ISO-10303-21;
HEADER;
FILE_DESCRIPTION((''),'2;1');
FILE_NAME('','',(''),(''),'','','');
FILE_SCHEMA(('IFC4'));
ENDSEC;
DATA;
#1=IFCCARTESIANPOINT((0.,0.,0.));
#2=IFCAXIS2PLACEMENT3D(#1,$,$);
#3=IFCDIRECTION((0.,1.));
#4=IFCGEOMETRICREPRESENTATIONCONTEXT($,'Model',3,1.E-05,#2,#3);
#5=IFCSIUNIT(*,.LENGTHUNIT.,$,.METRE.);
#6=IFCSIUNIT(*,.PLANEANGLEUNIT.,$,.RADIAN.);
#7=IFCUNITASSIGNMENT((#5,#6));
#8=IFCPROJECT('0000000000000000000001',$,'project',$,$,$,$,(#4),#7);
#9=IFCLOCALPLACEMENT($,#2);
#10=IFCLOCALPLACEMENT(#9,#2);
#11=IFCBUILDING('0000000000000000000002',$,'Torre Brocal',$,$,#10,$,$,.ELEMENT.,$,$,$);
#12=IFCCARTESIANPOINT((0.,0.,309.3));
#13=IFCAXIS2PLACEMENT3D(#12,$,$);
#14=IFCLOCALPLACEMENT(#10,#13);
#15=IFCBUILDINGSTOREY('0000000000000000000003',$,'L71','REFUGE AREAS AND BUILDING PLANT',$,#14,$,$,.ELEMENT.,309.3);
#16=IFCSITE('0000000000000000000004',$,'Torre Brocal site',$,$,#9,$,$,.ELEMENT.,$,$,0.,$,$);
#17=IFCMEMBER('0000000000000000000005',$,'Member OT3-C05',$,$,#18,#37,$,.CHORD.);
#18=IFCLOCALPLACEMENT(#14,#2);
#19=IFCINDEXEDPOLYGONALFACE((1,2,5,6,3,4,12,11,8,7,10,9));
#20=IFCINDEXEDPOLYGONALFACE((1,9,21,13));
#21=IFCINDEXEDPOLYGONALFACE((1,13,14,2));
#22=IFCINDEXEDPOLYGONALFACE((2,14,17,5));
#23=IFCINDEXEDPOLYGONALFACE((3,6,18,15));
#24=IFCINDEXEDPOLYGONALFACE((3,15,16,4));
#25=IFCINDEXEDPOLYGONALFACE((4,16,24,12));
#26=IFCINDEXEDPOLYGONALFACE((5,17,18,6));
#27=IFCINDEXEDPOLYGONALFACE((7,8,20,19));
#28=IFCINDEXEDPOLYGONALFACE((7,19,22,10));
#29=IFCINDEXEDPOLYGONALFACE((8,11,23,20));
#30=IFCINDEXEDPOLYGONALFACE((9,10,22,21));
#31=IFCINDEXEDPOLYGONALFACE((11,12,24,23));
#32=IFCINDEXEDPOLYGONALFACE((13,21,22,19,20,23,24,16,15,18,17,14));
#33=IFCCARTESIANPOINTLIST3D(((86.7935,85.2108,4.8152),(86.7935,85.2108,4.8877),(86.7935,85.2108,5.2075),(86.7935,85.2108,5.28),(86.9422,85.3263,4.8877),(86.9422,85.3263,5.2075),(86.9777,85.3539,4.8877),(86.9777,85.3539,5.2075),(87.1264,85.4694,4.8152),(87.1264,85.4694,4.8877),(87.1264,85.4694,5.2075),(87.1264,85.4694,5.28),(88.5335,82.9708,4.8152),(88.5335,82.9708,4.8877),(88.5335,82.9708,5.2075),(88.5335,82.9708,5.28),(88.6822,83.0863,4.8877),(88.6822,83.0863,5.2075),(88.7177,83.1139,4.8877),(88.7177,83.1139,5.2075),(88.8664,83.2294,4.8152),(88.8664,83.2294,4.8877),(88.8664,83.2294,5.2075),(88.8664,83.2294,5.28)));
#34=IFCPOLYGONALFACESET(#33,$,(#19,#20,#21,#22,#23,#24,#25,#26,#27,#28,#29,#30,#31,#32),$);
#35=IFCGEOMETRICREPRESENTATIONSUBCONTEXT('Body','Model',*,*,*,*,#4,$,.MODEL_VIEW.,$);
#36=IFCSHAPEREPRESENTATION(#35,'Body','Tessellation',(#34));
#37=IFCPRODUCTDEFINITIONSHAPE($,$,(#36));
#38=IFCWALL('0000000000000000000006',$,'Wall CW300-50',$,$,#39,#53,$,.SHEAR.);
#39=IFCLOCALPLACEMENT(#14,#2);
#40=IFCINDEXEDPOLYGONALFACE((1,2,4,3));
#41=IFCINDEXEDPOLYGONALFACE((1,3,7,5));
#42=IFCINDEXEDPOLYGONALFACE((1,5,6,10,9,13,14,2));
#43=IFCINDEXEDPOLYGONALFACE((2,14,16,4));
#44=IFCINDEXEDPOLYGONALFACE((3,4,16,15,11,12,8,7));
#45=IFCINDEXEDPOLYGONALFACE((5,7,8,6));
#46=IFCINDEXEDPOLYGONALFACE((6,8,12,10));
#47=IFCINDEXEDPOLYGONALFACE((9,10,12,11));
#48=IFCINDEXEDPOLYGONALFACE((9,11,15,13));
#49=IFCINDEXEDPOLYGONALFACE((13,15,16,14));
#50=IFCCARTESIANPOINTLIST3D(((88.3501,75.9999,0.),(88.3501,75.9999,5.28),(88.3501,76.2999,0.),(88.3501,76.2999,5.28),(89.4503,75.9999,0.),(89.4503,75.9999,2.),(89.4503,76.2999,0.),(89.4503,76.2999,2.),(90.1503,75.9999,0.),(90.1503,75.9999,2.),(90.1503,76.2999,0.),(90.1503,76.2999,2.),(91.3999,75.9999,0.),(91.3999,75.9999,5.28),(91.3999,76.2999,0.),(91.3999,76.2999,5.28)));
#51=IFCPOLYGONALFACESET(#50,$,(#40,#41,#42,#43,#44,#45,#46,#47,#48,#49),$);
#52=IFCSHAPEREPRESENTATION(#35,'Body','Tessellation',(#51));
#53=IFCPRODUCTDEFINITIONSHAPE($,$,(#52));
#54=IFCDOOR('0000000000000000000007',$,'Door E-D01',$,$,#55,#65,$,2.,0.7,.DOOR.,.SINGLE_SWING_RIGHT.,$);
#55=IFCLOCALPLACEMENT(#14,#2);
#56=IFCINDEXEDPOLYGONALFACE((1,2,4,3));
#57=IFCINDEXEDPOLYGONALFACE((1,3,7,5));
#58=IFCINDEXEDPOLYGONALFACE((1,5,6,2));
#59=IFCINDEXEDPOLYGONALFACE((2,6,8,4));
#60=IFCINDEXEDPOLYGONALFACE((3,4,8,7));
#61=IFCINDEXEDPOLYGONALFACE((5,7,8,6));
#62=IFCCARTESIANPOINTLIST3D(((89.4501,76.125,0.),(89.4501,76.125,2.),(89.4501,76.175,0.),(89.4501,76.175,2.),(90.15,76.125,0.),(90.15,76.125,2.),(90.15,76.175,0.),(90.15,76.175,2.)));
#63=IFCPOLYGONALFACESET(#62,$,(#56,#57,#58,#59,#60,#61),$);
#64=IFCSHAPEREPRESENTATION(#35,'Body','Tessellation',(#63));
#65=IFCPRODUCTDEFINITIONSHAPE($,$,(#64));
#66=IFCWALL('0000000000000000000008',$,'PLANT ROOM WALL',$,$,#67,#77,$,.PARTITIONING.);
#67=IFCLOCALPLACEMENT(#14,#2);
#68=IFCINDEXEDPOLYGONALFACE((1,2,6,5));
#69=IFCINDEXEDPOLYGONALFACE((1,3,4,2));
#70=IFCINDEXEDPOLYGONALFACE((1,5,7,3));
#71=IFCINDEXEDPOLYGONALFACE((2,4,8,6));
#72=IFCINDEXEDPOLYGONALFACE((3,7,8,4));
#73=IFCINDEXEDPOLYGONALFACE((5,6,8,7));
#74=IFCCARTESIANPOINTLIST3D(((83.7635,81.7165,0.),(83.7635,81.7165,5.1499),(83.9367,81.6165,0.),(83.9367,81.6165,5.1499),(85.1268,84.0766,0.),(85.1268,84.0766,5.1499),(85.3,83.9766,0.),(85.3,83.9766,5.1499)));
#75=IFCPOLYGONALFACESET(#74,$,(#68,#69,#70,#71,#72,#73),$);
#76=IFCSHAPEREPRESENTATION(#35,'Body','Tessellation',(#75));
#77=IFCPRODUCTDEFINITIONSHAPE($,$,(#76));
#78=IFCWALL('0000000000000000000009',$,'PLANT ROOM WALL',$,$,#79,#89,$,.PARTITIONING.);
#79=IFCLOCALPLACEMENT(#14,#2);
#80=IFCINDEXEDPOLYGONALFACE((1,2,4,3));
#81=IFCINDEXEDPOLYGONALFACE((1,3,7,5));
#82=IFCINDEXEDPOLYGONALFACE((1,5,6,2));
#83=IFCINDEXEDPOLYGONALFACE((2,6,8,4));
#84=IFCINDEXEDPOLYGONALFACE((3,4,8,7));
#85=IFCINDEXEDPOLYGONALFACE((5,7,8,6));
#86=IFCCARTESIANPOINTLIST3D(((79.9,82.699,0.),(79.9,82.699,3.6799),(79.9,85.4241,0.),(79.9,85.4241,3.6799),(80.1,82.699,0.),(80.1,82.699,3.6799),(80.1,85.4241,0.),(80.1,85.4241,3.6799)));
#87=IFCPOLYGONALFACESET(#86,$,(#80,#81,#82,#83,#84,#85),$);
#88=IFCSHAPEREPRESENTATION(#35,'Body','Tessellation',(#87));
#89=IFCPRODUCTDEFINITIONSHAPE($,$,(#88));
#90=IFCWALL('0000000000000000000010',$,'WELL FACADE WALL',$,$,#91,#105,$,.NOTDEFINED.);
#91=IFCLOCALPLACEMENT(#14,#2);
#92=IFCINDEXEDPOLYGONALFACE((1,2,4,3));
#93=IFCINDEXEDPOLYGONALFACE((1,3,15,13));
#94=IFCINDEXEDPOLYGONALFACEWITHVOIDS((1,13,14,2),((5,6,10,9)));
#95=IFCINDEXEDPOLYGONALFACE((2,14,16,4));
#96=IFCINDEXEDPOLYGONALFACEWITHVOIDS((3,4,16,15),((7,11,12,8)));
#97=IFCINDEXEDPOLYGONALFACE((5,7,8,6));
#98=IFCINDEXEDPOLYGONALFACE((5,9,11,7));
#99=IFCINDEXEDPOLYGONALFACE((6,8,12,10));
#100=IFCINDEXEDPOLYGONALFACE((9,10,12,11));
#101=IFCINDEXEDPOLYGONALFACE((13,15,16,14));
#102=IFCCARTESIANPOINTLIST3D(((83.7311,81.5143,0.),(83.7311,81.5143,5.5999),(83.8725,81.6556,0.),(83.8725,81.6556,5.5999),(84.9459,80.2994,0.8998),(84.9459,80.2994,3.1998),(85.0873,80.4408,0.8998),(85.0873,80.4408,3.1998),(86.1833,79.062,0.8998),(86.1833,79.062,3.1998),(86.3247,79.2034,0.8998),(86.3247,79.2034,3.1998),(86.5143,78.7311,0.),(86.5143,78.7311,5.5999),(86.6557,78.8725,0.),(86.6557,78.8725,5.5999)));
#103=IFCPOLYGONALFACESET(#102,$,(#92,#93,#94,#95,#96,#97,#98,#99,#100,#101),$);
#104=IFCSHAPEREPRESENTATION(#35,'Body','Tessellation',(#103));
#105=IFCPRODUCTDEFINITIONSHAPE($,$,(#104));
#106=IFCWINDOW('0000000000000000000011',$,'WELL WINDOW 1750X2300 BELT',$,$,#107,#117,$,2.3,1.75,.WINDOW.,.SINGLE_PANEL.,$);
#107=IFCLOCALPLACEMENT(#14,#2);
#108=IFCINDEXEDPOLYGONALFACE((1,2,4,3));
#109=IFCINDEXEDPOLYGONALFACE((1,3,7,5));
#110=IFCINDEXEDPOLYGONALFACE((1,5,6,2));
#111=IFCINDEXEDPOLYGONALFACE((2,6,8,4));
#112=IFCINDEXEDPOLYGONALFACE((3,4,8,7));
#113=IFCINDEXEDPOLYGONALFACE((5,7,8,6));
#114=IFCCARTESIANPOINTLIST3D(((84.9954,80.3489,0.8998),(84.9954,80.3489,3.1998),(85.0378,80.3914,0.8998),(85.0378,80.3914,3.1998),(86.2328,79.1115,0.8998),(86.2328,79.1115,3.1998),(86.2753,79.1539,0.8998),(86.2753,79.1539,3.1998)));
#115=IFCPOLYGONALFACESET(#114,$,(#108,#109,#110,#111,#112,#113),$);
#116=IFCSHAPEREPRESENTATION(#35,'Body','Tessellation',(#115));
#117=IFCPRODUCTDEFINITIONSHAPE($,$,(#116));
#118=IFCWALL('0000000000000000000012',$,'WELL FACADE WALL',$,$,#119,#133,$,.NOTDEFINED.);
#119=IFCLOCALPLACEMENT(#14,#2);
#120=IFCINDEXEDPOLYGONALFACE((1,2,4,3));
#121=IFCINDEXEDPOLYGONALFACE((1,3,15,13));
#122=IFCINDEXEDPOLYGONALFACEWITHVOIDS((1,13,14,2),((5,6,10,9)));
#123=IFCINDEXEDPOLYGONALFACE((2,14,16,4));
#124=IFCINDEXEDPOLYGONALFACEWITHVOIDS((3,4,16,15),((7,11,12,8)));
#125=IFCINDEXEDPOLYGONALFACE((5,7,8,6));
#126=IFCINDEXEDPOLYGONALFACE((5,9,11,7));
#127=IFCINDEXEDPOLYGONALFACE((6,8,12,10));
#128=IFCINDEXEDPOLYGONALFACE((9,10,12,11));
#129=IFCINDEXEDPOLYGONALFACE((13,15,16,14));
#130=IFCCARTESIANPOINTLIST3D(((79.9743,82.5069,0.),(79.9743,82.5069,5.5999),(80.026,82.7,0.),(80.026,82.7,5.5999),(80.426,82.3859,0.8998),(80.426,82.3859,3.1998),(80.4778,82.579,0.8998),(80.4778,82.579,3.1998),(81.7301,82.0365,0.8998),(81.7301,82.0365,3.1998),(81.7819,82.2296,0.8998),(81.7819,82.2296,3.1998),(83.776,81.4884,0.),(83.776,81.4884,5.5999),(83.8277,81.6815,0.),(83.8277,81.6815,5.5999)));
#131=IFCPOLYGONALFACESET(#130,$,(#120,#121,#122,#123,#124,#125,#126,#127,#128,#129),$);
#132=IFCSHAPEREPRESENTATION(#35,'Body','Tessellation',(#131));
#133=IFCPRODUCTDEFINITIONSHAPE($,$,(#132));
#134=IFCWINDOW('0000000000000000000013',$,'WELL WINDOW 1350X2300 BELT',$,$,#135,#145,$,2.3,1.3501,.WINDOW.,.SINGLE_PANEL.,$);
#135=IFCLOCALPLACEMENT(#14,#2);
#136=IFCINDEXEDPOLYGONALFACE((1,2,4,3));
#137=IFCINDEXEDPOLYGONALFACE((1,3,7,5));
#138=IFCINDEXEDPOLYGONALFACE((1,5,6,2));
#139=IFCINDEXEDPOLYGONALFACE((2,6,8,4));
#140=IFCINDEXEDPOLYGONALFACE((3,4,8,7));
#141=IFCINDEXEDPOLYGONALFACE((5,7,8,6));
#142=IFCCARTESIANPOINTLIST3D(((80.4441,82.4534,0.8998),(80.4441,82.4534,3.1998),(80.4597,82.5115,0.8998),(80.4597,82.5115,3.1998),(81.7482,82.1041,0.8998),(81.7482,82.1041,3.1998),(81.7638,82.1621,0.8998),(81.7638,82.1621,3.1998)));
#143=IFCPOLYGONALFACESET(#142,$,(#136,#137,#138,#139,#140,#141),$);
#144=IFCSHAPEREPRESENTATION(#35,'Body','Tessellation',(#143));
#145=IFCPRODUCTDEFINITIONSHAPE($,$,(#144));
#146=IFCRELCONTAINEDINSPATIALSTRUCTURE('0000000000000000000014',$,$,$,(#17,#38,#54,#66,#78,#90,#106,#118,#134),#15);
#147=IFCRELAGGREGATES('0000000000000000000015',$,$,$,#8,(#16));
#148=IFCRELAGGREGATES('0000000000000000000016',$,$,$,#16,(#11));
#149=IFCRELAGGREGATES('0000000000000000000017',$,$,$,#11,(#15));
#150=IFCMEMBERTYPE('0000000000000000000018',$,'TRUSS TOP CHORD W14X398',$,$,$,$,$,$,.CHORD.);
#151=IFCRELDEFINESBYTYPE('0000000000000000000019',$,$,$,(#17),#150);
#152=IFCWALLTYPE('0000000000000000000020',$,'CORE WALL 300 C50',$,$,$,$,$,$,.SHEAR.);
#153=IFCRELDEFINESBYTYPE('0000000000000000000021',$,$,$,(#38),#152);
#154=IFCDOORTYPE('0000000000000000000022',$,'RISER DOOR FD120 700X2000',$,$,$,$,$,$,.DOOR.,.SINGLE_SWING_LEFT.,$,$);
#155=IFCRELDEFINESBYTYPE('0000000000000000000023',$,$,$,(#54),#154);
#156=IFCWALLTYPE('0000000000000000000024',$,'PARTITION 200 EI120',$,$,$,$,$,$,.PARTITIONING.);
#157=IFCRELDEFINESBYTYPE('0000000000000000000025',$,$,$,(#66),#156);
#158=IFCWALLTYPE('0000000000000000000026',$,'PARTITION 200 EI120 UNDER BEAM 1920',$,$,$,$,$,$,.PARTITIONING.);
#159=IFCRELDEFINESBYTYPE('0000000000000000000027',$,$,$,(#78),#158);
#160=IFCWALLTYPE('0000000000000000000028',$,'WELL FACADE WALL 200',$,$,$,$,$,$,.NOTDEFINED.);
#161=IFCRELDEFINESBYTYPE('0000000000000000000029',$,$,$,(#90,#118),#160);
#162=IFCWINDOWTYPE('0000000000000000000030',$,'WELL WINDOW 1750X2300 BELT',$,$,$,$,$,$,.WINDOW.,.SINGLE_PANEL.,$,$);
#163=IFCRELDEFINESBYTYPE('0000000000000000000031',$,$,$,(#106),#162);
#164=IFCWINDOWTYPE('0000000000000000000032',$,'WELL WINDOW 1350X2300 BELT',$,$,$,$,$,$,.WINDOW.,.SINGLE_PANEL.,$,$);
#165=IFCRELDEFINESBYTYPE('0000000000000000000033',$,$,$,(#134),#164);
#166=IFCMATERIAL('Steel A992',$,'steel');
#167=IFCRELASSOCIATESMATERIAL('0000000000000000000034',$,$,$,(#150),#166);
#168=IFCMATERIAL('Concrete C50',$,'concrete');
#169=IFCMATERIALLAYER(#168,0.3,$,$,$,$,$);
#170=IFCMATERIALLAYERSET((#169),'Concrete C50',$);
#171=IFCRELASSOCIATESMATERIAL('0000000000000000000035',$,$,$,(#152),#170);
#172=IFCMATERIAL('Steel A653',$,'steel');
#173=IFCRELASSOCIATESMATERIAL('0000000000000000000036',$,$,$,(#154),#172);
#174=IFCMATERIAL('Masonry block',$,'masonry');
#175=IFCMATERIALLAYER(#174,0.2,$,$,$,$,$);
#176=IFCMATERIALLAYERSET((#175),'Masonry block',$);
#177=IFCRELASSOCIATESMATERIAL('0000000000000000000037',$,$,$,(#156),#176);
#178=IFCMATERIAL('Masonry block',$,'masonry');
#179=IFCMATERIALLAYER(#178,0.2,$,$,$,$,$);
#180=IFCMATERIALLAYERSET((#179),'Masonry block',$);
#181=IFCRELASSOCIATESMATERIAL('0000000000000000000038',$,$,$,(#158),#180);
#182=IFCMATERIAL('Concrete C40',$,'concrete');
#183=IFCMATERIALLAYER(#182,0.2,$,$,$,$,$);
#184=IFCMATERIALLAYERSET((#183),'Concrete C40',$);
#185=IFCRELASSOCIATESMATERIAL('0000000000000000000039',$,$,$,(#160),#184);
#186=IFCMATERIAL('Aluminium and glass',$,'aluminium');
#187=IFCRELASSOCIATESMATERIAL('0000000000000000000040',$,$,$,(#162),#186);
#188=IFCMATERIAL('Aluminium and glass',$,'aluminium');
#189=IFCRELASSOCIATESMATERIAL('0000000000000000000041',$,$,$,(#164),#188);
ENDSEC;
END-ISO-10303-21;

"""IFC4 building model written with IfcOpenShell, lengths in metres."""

from ifc_helpers import new_model, si_unit, direction, frame, frame_2d, origin, origin_2d, place, context, subcontext, project, spatial, rectangle, i_section, extrude, material, layer, layer_set, material_profile, profile_set, type_object, element, fill, save


model = new_model("IFC4")

# Units and contexts
model_context = context("Model", 3, precision=1e-05, world=origin(), true_north=direction((0.0, 1.0)))
body_context = subcontext(model_context, "Body", "Model", "MODEL_VIEW")
ifc_project = project(units=[si_unit("LENGTHUNIT", "METRE"), si_unit("PLANEANGLEUNIT", "RADIAN")], contexts=[model_context])

# Site, building, storey
site_placement = place(None, origin())
site = spatial("IfcSite", under=ifc_project, at=site_placement, Name="Torre Brocal site", CompositionType="ELEMENT", RefElevation=0.0)
building_placement = place(site_placement, origin())
building = spatial("IfcBuilding", under=site, at=building_placement, Name="Torre Brocal", CompositionType="ELEMENT")
storey_placement = place(building_placement, frame((0.0, 0.0, 309.3)))
storey = spatial("IfcBuildingStorey", under=building, at=storey_placement, Name="L71", Description="REFUGE AREAS AND BUILDING PLANT", CompositionType="ELEMENT", Elevation=309.3)

# Member
ifc_material_1 = material(Name="Steel A992", Category="steel")
ifc_material_profile_1 = material_profile(ifc_material_1, i_section(OverallWidth=0.4216, OverallDepth=0.4648, WebThickness=0.0449, FlangeThickness=0.0725, at=origin_2d()), Name="W14X398")
ifc_profile_set_1 = profile_set([ifc_material_profile_1], Name="Steel A992")
member_type_1 = type_object("IfcMemberType", Name="TRUSS TOP CHORD W14X398", PredefinedType="CHORD", material=ifc_profile_set_1)
member_1_placement = place(storey_placement, frame((88.7, 83.1001, 5.0476), z_axis=(-0.613452, 0.789732, 0.0), x_axis=(-0.789732, -0.613452, 0.0)))
element("IfcMember", 1, at=member_1_placement, inside=storey, type_object=member_type_1, Name="Member OT3-C05", PredefinedType="CHORD", context=body_context, shape_type="SweptSolid", body=[
    extrude(i_section(OverallWidth=0.4216, OverallDepth=0.4648, WebThickness=0.0449, FlangeThickness=0.0725, at=origin_2d()), origin(), (0.0, 0.0, 1.0), 2.8364),
])

# Wall, opening, door
ifc_material_2 = material(Name="Concrete C50", Category="concrete")
ifc_layer_1 = layer(ifc_material_2, 0.3)
ifc_layer_set_1 = layer_set([ifc_layer_1], Name="Concrete C50")
wall_type_1 = type_object("IfcWallType", Name="CORE WALL 300 C50", PredefinedType="SHEAR", material=ifc_layer_set_1)
wall_1_placement = place(storey_placement, frame((88.3501, 76.1499, 0.0), z_axis=(0.0, 0.0, 1.0), x_axis=(1.0, 0.0, 0.0)))
wall_1 = element("IfcWall", 2, at=wall_1_placement, inside=storey, type_object=wall_type_1, Name="Wall CW300-50", PredefinedType="SHEAR", context=body_context, shape_type="SweptSolid", body=[
    extrude(rectangle(XDim=3.0498, YDim=0.3, at=frame_2d((1.5249, 0.0))), origin(), (0.0, 0.0, 1.0), 5.28),
])
opening_1_placement = place(wall_1_placement, frame((1.1001, 0.0, 0.0)))
opening_1 = element("IfcOpeningElement", 3, at=opening_1_placement, cuts=wall_1, PredefinedType="OPENING", context=body_context, shape_type="SweptSolid", body=[
    extrude(rectangle(XDim=0.7, YDim=2.0, at=frame_2d((0.3501, 1.0))), frame((0.0, 0.1599, 0.0), z_axis=(0.0, -1.0, 0.0), x_axis=(1.0, 0.0, 0.0)), (0.0, 0.0, 1.0), 0.3201),
])
ifc_material_3 = material(Name="Steel A653", Category="steel")
door_type_1 = type_object("IfcDoorType", Name="RISER DOOR FD120 700X2000", OperationType="SINGLE_SWING_LEFT", PredefinedType="DOOR", material=ifc_material_3)
door_1_placement = place(opening_1_placement, frame((0.7, 0.0, 0.0), z_axis=(0.0, 0.0, 1.0), x_axis=(-1.0, 0.0, 0.0)))
door_1 = element("IfcDoor", 4, at=door_1_placement, inside=storey, type_object=door_type_1, Name="Door E-D01", OperationType="SINGLE_SWING_RIGHT", OverallHeight=2.0, OverallWidth=0.7, PredefinedType="DOOR", context=body_context, shape_type="SweptSolid", body=[
    extrude(rectangle(XDim=0.7, YDim=2.0, at=frame_2d((0.3501, 1.0))), frame((0.0, 0.0249, 0.0), z_axis=(0.0, -1.0, 0.0), x_axis=(1.0, 0.0, 0.0)), (0.0, 0.0, 1.0), 0.05),
])
fill(opening_1, door_1)

# Walls
ifc_material_4 = material(Name="Masonry block", Category="masonry")
ifc_layer_2 = layer(ifc_material_4, 0.2)
ifc_layer_set_2 = layer_set([ifc_layer_2], Name="Masonry block")
wall_type_2 = type_object("IfcWallType", Name="PARTITION 200 EI120", PredefinedType="PARTITIONING", material=ifc_layer_set_2)
wall_2_placement = place(storey_placement, frame((83.8501, 81.6665, 0.0), z_axis=(0.0, 0.0, 1.0), x_axis=(0.500185, 0.865919, 0.0)))
element("IfcWall", 5, at=wall_2_placement, inside=storey, type_object=wall_type_2, Name="PLANT ROOM WALL", PredefinedType="PARTITIONING", context=body_context, shape_type="SweptSolid", body=[
    extrude(rectangle(XDim=2.7256, YDim=0.2, at=frame_2d((1.3628, 0.0))), origin(), (0.0, 0.0, 1.0), 5.1499),
])
ifc_material_5 = material(Name="Masonry block", Category="masonry")
ifc_layer_3 = layer(ifc_material_5, 0.2)
ifc_layer_set_3 = layer_set([ifc_layer_3], Name="Masonry block")
wall_type_3 = type_object("IfcWallType", Name="PARTITION 200 EI120 UNDER BEAM 1920", PredefinedType="PARTITIONING", material=ifc_layer_set_3)
wall_3_placement = place(storey_placement, frame((80.0, 82.699, 0.0), z_axis=(0.0, 0.0, 1.0), x_axis=(0.0, 1.0, 0.0)))
element("IfcWall", 6, at=wall_3_placement, inside=storey, type_object=wall_type_3, Name="PLANT ROOM WALL", PredefinedType="PARTITIONING", context=body_context, shape_type="SweptSolid", body=[
    extrude(rectangle(XDim=2.7251, YDim=0.2, at=frame_2d((1.3625, 0.0))), origin(), (0.0, 0.0, 1.0), 3.6799),
])

# Walls, openings, windows
ifc_material_6 = material(Name="Concrete C40", Category="concrete")
ifc_layer_4 = layer(ifc_material_6, 0.2)
ifc_layer_set_4 = layer_set([ifc_layer_4], Name="Concrete C40")
wall_type_4 = type_object("IfcWallType", Name="WELL FACADE WALL 200", PredefinedType="NOTDEFINED", material=ifc_layer_set_4)
wall_4_placement = place(storey_placement, frame((86.585, 78.8018, 0.0), z_axis=(0.0, 0.0, 1.0), x_axis=(-0.707107, 0.707107, 0.0)))
wall_4 = element("IfcWall", 7, at=wall_4_placement, inside=storey, type_object=wall_type_4, Name="WELL FACADE WALL", PredefinedType="NOTDEFINED", context=body_context, shape_type="SweptSolid", body=[
    extrude(rectangle(XDim=3.936, YDim=0.2, at=frame_2d((1.968, 0.0))), origin(), (0.0, 0.0, 1.0), 5.5999),
])
opening_2_placement = place(wall_4_placement, frame((0.468, 0.0, 0.8999)))
opening_2 = element("IfcOpeningElement", 8, at=opening_2_placement, cuts=wall_4, PredefinedType="OPENING", context=body_context, shape_type="SweptSolid", body=[
    extrude(rectangle(XDim=1.75, YDim=2.3, at=frame_2d((0.875, 1.1499))), frame((0.0, 0.1099, 0.0), z_axis=(0.0, -1.0, 0.0), x_axis=(1.0, 0.0, 0.0)), (0.0, 0.0, 1.0), 0.22),
])
ifc_material_7 = material(Name="Aluminium and glass", Category="aluminium")
window_type_1 = type_object("IfcWindowType", Name="WELL WINDOW 1750X2300 BELT", PartitioningType="SINGLE_PANEL", PredefinedType="WINDOW", material=ifc_material_7)
window_1_placement = place(opening_2_placement, origin())
window_1 = element("IfcWindow", 9, at=window_1_placement, inside=storey, type_object=window_type_1, Name="WELL WINDOW 1750X2300 BELT", OverallHeight=2.3, OverallWidth=1.75, PartitioningType="SINGLE_PANEL", PredefinedType="WINDOW", context=body_context, shape_type="SweptSolid", body=[
    extrude(rectangle(XDim=1.75, YDim=2.3, at=frame_2d((0.875, 1.1499))), frame((0.0, 0.03, 0.0), z_axis=(0.0, -1.0, 0.0), x_axis=(1.0, 0.0, 0.0)), (0.0, 0.0, 1.0), 0.0601),
])
fill(opening_2, window_1)
wall_5_placement = place(storey_placement, frame((83.8018, 81.585, 0.0), z_axis=(0.0, 0.0, 1.0), x_axis=(-0.965934, 0.25879, 0.0)))
wall_5 = element("IfcWall", 10, at=wall_5_placement, inside=storey, type_object=wall_type_4, Name="WELL FACADE WALL", PredefinedType="NOTDEFINED", context=body_context, shape_type="SweptSolid", body=[
    extrude(rectangle(XDim=3.9358, YDim=0.2, at=frame_2d((1.9678, 0.0))), origin(), (0.0, 0.0, 1.0), 5.5999),
])
opening_3_placement = place(wall_5_placement, frame((2.1179, 0.0, 0.8999)))
opening_3 = element("IfcOpeningElement", 11, at=opening_3_placement, cuts=wall_5, PredefinedType="OPENING", context=body_context, shape_type="SweptSolid", body=[
    extrude(rectangle(XDim=1.3501, YDim=2.3, at=frame_2d((0.675, 1.1499))), frame((0.0, 0.1099, 0.0), z_axis=(0.0, -1.0, 0.0), x_axis=(1.0, 0.0, 0.0)), (0.0, 0.0, 1.0), 0.22),
])
ifc_material_8 = material(Name="Aluminium and glass", Category="aluminium")
window_type_2 = type_object("IfcWindowType", Name="WELL WINDOW 1350X2300 BELT", PartitioningType="SINGLE_PANEL", PredefinedType="WINDOW", material=ifc_material_8)
window_2_placement = place(opening_3_placement, origin())
window_2 = element("IfcWindow", 12, at=window_2_placement, inside=storey, type_object=window_type_2, Name="WELL WINDOW 1350X2300 BELT", OverallHeight=2.3, OverallWidth=1.3501, PartitioningType="SINGLE_PANEL", PredefinedType="WINDOW", context=body_context, shape_type="SweptSolid", body=[
    extrude(rectangle(XDim=1.3501, YDim=2.3, at=frame_2d((0.675, 1.1499))), frame((0.0, 0.03, 0.0), z_axis=(0.0, -1.0, 0.0), x_axis=(1.0, 0.0, 0.0)), (0.0, 0.0, 1.0), 0.0601),
])
fill(opening_3, window_2)

save(model, "model.ifc")
